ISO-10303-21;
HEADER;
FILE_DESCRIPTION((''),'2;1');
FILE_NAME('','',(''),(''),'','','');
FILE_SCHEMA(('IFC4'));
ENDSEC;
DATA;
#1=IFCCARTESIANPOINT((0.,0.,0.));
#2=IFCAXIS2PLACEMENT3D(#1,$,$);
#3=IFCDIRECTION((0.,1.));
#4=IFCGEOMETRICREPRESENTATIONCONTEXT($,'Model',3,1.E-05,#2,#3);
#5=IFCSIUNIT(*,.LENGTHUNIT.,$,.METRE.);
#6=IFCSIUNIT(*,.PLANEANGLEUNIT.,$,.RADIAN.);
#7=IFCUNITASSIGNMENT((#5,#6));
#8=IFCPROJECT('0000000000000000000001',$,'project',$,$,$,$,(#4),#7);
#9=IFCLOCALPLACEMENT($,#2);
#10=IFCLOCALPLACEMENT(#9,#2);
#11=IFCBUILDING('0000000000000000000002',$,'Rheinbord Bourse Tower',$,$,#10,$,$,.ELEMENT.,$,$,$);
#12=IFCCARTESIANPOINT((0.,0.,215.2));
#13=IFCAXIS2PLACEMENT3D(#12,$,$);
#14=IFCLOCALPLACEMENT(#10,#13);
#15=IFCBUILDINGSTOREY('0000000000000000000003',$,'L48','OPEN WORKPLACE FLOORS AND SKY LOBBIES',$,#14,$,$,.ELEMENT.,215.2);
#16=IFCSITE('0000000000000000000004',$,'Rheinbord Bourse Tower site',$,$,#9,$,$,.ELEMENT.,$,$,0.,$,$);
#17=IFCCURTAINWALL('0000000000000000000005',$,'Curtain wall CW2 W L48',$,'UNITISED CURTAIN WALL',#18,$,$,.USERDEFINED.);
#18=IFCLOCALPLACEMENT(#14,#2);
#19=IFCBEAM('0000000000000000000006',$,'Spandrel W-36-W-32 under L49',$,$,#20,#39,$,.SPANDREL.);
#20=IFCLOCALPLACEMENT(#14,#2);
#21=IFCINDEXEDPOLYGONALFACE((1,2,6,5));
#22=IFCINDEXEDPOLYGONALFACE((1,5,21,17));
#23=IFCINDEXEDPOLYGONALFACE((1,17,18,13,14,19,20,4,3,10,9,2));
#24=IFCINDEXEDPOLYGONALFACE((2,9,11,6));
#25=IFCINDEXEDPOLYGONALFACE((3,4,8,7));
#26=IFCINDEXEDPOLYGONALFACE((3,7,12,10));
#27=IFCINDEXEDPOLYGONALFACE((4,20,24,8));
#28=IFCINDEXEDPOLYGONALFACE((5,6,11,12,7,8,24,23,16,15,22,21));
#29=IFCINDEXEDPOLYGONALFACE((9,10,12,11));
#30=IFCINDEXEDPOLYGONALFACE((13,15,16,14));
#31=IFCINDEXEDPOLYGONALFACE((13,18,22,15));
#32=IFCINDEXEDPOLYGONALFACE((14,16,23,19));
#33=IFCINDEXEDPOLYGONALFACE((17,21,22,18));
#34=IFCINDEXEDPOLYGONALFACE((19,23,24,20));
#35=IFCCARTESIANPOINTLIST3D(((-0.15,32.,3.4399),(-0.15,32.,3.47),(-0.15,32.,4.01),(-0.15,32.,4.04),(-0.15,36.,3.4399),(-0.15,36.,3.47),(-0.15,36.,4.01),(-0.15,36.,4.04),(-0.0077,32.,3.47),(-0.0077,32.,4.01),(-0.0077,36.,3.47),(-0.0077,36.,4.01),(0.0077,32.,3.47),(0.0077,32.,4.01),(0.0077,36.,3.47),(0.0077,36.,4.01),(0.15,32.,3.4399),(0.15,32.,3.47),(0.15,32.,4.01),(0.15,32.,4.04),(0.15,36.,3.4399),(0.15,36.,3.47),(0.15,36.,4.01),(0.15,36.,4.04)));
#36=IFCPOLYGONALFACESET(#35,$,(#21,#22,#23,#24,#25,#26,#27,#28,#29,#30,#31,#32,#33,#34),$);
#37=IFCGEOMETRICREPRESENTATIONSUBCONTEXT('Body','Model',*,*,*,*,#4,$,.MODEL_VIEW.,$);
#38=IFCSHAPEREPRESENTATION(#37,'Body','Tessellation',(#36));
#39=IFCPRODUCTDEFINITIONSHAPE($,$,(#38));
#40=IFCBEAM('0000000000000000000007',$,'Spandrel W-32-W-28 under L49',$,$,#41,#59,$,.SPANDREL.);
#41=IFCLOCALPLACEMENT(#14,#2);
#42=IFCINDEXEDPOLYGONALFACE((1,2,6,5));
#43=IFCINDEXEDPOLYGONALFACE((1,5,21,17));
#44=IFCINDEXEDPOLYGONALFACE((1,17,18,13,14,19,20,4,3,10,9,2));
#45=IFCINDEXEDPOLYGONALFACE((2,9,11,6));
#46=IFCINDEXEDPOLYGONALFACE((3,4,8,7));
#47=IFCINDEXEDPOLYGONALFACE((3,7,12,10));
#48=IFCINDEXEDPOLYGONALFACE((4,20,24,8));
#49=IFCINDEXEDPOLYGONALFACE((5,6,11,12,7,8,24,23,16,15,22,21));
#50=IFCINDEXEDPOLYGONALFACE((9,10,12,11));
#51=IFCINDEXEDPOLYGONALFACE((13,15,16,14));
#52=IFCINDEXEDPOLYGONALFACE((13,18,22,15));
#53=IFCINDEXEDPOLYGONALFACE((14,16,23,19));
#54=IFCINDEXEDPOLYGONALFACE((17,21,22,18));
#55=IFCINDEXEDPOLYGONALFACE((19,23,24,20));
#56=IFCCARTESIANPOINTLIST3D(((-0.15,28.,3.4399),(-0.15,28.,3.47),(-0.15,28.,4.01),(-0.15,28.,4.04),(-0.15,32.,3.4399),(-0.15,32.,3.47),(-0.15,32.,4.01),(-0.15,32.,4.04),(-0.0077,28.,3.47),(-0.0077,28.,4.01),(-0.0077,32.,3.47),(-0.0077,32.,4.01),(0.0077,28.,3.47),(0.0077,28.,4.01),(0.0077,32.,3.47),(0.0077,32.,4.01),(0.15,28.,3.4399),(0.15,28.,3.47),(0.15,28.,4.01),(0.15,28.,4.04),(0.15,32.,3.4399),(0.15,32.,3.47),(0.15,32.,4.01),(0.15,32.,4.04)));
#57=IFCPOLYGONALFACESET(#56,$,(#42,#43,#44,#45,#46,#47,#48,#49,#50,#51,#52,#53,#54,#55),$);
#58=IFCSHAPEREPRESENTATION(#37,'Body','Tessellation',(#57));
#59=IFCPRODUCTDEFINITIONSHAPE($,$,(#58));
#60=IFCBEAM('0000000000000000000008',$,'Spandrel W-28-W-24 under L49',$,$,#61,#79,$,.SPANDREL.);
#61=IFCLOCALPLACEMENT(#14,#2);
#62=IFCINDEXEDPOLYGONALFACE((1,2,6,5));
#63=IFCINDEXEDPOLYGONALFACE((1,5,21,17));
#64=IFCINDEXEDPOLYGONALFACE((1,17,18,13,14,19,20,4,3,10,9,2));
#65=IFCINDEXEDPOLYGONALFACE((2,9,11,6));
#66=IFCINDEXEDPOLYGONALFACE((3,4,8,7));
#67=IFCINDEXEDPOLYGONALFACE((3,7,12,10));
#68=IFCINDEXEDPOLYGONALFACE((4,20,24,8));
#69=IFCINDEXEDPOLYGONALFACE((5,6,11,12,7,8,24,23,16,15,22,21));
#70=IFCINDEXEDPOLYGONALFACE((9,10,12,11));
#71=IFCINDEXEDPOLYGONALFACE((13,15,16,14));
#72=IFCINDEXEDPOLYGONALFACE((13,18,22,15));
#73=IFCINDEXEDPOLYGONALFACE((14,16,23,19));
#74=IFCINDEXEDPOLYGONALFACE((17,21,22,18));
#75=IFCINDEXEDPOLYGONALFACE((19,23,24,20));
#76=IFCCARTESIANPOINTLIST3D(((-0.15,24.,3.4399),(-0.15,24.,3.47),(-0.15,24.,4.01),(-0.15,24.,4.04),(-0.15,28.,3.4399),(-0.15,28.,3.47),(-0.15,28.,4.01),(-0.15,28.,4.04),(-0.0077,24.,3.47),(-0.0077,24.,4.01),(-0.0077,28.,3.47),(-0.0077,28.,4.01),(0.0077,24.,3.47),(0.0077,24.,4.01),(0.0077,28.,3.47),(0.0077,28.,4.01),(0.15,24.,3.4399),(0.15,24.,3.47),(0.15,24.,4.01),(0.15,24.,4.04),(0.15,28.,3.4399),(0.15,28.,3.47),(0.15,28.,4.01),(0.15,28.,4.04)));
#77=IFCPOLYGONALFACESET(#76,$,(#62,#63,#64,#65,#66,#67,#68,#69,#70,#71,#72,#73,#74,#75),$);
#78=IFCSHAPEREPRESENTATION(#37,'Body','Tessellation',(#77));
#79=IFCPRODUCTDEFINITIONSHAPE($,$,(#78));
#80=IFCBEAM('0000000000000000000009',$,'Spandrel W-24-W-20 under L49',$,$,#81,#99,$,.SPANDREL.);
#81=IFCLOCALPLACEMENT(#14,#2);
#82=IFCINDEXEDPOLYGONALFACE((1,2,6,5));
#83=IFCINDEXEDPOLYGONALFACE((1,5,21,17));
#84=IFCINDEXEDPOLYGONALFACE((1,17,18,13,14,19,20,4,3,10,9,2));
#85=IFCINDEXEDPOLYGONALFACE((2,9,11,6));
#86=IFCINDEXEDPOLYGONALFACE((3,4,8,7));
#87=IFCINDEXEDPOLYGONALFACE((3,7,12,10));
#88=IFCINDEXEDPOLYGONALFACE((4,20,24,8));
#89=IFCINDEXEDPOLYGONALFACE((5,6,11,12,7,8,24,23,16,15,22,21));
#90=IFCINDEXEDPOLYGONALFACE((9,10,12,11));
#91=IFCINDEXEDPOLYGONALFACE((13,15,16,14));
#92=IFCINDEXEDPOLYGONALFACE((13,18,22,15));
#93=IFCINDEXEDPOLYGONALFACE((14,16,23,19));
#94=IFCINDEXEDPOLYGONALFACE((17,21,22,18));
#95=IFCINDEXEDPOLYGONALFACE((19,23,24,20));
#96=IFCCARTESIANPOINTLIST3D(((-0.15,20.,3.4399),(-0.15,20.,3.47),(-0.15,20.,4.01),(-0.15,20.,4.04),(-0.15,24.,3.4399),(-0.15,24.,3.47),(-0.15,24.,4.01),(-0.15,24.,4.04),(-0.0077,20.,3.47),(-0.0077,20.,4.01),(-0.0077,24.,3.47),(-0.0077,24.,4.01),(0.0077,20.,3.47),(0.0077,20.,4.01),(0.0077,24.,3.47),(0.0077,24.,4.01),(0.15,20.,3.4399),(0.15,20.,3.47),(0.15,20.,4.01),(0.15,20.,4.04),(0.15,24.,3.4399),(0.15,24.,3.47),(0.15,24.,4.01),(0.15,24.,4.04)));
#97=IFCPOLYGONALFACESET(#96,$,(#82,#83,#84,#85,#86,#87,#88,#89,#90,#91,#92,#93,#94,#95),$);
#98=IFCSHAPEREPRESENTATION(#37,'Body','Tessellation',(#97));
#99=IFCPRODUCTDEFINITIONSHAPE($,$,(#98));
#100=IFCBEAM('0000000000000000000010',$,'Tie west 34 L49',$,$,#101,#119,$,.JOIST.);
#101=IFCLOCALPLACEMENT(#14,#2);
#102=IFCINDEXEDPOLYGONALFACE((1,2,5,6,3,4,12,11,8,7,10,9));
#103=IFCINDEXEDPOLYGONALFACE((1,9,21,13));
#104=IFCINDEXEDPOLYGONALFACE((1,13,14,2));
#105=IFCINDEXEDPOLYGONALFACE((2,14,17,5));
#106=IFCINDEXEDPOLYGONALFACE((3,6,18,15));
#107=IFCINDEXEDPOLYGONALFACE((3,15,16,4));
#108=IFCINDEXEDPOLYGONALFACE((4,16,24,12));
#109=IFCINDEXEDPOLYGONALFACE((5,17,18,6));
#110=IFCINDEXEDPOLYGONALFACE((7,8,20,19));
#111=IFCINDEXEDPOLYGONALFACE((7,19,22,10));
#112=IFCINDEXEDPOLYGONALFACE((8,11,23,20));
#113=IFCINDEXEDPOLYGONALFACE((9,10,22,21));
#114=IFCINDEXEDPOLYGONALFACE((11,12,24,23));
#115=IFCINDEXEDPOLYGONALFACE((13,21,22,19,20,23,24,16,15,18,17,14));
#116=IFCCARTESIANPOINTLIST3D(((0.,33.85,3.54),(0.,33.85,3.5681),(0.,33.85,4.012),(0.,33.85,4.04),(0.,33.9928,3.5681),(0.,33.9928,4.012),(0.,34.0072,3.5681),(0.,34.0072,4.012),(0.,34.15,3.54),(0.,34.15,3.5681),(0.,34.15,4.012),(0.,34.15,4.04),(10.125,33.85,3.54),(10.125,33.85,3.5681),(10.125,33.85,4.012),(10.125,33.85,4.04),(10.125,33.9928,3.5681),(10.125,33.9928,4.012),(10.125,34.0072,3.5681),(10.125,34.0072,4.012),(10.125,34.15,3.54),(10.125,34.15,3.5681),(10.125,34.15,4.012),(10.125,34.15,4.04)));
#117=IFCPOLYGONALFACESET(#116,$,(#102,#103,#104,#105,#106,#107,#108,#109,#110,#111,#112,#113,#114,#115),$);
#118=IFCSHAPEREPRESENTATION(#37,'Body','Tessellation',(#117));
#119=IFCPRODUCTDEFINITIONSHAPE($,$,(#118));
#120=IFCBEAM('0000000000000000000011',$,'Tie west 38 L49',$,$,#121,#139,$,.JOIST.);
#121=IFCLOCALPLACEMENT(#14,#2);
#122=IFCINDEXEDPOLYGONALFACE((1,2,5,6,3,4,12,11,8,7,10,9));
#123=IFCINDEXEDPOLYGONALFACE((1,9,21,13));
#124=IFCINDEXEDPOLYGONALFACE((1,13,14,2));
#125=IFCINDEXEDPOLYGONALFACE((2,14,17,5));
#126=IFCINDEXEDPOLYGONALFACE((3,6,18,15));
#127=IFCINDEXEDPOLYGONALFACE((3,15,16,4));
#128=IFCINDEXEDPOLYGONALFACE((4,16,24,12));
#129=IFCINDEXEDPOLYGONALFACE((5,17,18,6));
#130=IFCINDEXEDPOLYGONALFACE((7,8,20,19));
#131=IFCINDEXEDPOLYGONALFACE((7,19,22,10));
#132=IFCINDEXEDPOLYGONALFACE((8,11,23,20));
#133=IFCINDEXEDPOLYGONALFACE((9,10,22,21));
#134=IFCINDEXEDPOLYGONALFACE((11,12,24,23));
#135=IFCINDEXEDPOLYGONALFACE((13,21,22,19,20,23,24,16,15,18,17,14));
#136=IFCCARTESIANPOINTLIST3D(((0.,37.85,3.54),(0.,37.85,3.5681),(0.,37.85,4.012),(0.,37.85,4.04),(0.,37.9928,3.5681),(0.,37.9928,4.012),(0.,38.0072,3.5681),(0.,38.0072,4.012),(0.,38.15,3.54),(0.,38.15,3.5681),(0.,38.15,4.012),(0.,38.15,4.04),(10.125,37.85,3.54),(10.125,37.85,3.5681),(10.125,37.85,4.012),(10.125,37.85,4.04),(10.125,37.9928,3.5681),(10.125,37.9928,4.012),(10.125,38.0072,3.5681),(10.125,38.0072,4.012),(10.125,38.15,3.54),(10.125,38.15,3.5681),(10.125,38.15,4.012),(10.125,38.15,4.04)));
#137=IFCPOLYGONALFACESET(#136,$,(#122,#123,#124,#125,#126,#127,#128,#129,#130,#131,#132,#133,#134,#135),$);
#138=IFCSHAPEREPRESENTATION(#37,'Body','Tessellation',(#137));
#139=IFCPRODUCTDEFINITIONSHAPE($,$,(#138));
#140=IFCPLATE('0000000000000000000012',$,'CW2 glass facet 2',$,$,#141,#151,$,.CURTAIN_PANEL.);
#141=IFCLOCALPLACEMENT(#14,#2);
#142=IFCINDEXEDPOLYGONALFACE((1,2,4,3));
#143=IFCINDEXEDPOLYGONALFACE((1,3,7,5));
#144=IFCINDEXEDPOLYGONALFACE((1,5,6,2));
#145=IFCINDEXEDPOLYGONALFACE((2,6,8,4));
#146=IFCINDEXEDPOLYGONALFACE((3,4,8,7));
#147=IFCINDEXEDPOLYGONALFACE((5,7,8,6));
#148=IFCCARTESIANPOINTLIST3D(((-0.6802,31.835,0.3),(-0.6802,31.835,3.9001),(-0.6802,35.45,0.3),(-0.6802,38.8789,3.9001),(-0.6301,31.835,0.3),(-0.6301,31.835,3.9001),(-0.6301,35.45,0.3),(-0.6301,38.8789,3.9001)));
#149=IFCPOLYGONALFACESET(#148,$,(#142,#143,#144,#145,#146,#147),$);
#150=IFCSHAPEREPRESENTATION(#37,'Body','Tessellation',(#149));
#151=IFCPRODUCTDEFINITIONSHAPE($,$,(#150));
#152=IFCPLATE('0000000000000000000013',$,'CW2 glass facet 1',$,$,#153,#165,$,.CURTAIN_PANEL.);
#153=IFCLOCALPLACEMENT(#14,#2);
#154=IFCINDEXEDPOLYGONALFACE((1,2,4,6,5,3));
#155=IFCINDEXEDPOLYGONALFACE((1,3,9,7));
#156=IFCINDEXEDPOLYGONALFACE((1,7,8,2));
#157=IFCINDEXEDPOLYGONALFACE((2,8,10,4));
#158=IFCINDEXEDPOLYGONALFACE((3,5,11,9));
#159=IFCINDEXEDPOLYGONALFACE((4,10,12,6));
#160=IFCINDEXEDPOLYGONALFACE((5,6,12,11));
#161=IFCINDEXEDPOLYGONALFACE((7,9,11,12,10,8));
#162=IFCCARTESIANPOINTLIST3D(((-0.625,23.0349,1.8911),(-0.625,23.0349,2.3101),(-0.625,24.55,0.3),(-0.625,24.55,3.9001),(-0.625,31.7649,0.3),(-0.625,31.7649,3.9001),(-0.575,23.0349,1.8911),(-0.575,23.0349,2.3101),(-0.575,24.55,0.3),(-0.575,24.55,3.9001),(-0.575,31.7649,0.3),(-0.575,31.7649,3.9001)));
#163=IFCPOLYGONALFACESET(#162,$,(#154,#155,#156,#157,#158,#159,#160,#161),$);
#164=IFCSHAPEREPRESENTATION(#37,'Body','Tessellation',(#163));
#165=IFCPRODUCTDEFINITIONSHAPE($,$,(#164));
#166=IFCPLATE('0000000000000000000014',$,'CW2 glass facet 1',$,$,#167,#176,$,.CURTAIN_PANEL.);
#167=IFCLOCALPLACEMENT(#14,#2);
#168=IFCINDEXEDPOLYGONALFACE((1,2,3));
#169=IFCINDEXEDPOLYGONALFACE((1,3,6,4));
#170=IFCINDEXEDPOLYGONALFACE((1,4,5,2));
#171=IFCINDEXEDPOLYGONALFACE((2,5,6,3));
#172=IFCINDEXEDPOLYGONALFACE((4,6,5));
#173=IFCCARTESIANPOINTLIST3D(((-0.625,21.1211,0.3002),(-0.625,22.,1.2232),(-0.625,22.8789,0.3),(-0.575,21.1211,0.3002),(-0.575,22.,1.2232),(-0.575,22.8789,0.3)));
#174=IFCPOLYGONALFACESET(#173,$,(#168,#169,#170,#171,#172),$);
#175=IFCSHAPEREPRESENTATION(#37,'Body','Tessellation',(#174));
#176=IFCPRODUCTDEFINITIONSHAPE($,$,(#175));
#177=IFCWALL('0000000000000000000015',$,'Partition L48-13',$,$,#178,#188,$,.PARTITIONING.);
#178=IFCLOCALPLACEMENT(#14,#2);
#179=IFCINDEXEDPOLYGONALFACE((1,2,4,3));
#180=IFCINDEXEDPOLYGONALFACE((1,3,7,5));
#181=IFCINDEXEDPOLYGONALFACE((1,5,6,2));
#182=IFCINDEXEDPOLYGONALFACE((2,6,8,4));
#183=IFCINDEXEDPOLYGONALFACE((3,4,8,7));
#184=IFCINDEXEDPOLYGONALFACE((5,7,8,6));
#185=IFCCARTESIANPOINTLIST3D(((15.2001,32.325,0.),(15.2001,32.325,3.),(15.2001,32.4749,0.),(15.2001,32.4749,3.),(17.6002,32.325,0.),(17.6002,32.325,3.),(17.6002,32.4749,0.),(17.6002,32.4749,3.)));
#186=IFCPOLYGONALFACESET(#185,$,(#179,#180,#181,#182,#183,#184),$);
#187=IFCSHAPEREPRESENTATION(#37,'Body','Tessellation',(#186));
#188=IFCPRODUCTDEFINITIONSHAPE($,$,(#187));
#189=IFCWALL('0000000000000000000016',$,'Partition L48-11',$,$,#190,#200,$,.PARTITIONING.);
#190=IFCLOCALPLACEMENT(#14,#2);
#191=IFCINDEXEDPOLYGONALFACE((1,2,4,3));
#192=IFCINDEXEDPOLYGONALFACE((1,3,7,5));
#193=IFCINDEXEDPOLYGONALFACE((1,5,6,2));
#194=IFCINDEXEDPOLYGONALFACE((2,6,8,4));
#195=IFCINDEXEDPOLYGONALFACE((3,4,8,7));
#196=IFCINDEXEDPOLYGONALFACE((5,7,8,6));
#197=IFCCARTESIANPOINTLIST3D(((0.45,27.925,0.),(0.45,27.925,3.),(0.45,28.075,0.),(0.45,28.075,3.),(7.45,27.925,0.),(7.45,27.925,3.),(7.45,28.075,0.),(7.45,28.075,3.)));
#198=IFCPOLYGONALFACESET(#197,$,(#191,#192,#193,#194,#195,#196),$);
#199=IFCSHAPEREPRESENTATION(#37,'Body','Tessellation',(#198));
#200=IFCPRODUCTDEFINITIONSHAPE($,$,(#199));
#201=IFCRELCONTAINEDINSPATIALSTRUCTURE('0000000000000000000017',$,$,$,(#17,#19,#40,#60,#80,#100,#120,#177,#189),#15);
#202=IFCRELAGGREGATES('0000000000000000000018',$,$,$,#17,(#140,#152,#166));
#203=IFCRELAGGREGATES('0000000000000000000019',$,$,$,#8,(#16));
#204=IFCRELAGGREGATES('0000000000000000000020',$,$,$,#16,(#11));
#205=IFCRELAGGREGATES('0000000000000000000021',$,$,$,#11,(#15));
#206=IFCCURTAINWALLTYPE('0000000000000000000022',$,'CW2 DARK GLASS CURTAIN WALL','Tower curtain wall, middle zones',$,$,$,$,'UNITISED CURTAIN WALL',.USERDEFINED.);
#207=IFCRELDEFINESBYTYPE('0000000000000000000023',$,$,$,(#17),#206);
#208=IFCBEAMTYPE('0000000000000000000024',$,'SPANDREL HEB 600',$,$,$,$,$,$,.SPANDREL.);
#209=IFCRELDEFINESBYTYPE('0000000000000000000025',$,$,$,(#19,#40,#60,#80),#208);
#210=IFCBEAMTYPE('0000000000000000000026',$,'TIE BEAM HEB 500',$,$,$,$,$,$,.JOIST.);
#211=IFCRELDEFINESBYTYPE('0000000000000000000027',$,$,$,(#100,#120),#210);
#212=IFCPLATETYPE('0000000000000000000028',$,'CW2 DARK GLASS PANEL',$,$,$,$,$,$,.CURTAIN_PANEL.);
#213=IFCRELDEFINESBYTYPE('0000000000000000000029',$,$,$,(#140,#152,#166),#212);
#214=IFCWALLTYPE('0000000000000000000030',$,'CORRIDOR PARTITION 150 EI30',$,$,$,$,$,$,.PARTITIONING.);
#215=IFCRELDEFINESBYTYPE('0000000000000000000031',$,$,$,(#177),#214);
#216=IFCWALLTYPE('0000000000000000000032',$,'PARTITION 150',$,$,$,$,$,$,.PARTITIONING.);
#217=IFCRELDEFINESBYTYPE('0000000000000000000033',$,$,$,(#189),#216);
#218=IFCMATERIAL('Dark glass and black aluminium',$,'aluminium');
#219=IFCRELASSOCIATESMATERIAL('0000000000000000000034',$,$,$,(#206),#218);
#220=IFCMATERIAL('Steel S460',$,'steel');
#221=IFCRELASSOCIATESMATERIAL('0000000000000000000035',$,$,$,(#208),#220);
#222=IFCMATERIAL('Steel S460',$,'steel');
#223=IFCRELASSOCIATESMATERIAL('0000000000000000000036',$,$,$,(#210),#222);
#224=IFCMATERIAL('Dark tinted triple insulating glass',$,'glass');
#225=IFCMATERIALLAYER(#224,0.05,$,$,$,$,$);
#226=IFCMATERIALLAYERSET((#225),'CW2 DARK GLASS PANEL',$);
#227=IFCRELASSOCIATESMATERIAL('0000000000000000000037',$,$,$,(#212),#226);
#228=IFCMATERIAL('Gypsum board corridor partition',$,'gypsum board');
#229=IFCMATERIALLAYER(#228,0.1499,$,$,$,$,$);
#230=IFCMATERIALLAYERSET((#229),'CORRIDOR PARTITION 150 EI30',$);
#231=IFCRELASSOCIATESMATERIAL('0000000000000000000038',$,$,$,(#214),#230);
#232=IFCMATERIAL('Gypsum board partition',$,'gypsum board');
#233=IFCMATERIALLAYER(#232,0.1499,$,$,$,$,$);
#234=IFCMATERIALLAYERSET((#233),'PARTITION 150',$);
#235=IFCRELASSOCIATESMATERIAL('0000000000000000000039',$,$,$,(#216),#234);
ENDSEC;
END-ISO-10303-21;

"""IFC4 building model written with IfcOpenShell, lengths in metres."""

from ifc_helpers import new_model, si_unit, direction, frame, frame_2d, origin, origin_2d, place, context, subcontext, project, spatial, polyline, rectangle, i_section, outline, extrude, material, layer, layer_set, material_profile, profile_set, type_object, element, aggregate, save


model = new_model("IFC4")

# Units and contexts
model_context = context("Model", 3, precision=1e-05, world=origin(), true_north=direction((0.0, 1.0)))
body_context = subcontext(model_context, "Body", "Model", "MODEL_VIEW")
ifc_project = project(units=[si_unit("LENGTHUNIT", "METRE"), si_unit("PLANEANGLEUNIT", "RADIAN")], contexts=[model_context])

# Site, building, storey
site_placement = place(None, origin())
site = spatial("IfcSite", under=ifc_project, at=site_placement, Name="Rheinbord Bourse Tower site", CompositionType="ELEMENT", RefElevation=0.0)
building_placement = place(site_placement, origin())
building = spatial("IfcBuilding", under=site, at=building_placement, Name="Rheinbord Bourse Tower", CompositionType="ELEMENT")
storey_placement = place(building_placement, frame((0.0, 0.0, 215.2)))
storey = spatial("IfcBuildingStorey", under=building, at=storey_placement, Name="L48", Description="OPEN WORKPLACE FLOORS AND SKY LOBBIES", CompositionType="ELEMENT", Elevation=215.2)

# Curtain wall
ifc_material_1 = material(Name="Dark glass and black aluminium", Category="aluminium")
curtain_wall_type = type_object("IfcCurtainWallType", Name="CW2 DARK GLASS CURTAIN WALL", Description="Tower curtain wall, middle zones", ElementType="UNITISED CURTAIN WALL", PredefinedType="USERDEFINED", material=ifc_material_1)
curtain_wall_placement = place(storey_placement, origin())
curtain_wall = element("IfcCurtainWall", 1, at=curtain_wall_placement, inside=storey, type_object=curtain_wall_type, Name="Curtain wall CW2 W L48", ObjectType="UNITISED CURTAIN WALL", PredefinedType="USERDEFINED")

# Beams
ifc_material_2 = material(Name="Steel S460", Category="steel")
ifc_material_profile_1 = material_profile(ifc_material_2, i_section(OverallWidth=0.3, OverallDepth=0.6001, WebThickness=0.0154, FlangeThickness=0.03, at=origin_2d()), Name="HEB 600")
ifc_profile_set_1 = profile_set([ifc_material_profile_1], Name="Steel S460")
beam_type_1 = type_object("IfcBeamType", Name="SPANDREL HEB 600", PredefinedType="SPANDREL", material=ifc_profile_set_1)
for number, where, z_axis, x_axis, name in (
    (2, (0.0, 36.0, 3.74), (0.0, -1.0, 0.0), (1.0, 0.0, 0.0), "Spandrel W-36-W-32 under L49"),
    (3, (0.0, 32.0, 3.74), (0.0, -1.0, 0.0), (1.0, 0.0, 0.0), "Spandrel W-32-W-28 under L49"),
    (4, (0.0, 28.0, 3.74), (0.0, -1.0, 0.0), (1.0, 0.0, 0.0), "Spandrel W-28-W-24 under L49"),
    (5, (0.0, 24.0, 3.74), (0.0, -1.0, 0.0), (1.0, 0.0, 0.0), "Spandrel W-24-W-20 under L49"),
):
    element("IfcBeam", number, at=place(storey_placement, frame(where, z_axis=z_axis, x_axis=x_axis)), inside=storey, type_object=beam_type_1, Name=name, PredefinedType="SPANDREL", context=body_context, shape_type="SweptSolid", body=[
        extrude(i_section(OverallWidth=0.3, OverallDepth=0.6001, WebThickness=0.0154, FlangeThickness=0.03, at=origin_2d()), origin(), (0.0, 0.0, 1.0), 4.0),
    ])
ifc_material_3 = material(Name="Steel S460", Category="steel")
ifc_material_profile_2 = material_profile(ifc_material_3, i_section(OverallWidth=0.3, OverallDepth=0.5, WebThickness=0.0144, FlangeThickness=0.0281, at=origin_2d()), Name="HEB 500")
ifc_profile_set_2 = profile_set([ifc_material_profile_2], Name="Steel S460")
beam_type_2 = type_object("IfcBeamType", Name="TIE BEAM HEB 500", PredefinedType="JOIST", material=ifc_profile_set_2)
for number, where, z_axis, x_axis, name in (
    (6, (0.0, 34.0, 3.79), (1.0, 0.0, 0.0), (0.0, 1.0, 0.0), "Tie west 34 L49"),
    (7, (0.0, 38.0, 3.79), (1.0, 0.0, 0.0), (0.0, 1.0, 0.0), "Tie west 38 L49"),
):
    element("IfcBeam", number, at=place(storey_placement, frame(where, z_axis=z_axis, x_axis=x_axis)), inside=storey, type_object=beam_type_2, Name=name, PredefinedType="JOIST", context=body_context, shape_type="SweptSolid", body=[
        extrude(i_section(OverallWidth=0.3, OverallDepth=0.5, WebThickness=0.0144, FlangeThickness=0.0281, at=origin_2d()), origin(), (0.0, 0.0, 1.0), 10.125),
    ])

# Plates
ifc_material_4 = material(Name="Dark tinted triple insulating glass", Category="glass")
ifc_layer_1 = layer(ifc_material_4, 0.05)
ifc_layer_set_1 = layer_set([ifc_layer_1], Name="CW2 DARK GLASS PANEL")
plate_type = type_object("IfcPlateType", Name="CW2 DARK GLASS PANEL", PredefinedType="CURTAIN_PANEL", material=ifc_layer_set_1)
plate_1_placement = place(storey_placement, frame((-0.6802, 31.835, 3.9001), z_axis=(1.0, 0.0, 0.0), x_axis=(0.0, 0.0, -1.0)))
plate_1 = element("IfcPlate", 8, at=plate_1_placement, type_object=plate_type, Name="CW2 glass facet 2", PredefinedType="CURTAIN_PANEL", context=body_context, shape_type="SweptSolid", body=[
    extrude(outline(polyline([(0.0, 0.0), (3.6001, 0.0), (3.6001, 3.615), (0.0, 7.0439), (0.0, 0.0)])), origin(), (0.0, 0.0, 1.0), 0.05),
])
plate_2_placement = place(storey_placement, frame((-0.625, 31.7649, 0.3), z_axis=(1.0, 0.0, 0.0), x_axis=(0.0, 0.0, 1.0)))
plate_2 = element("IfcPlate", 9, at=plate_2_placement, type_object=plate_type, Name="CW2 glass facet 1", PredefinedType="CURTAIN_PANEL", context=body_context, shape_type="SweptSolid", body=[
    extrude(outline(polyline([(0.0, 0.0), (3.6001, 0.0), (3.6001, 7.2148), (2.01, 8.73), (1.5911, 8.73), (0.0, 7.2148), (0.0, 0.0)])), origin(), (0.0, 0.0, 1.0), 0.05),
])
plate_3_placement = place(storey_placement, frame((-0.625, 22.8789, 0.3), z_axis=(1.0, 0.0, 0.0), x_axis=(0.0, -0.68956, 0.724229)))
plate_3 = element("IfcPlate", 10, at=plate_3_placement, type_object=plate_type, Name="CW2 glass facet 1", PredefinedType="CURTAIN_PANEL", context=body_context, shape_type="SweptSolid", body=[
    extrude(outline(polyline([(0.0, 0.0), (1.2747, 0.0), (1.2122, 1.2729), (0.0, 0.0)])), origin(), (0.0, 0.0, 1.0), 0.05),
])
aggregate(curtain_wall, [plate_1, plate_2, plate_3])

# Walls
ifc_material_5 = material(Name="Gypsum board corridor partition", Category="gypsum board")
ifc_layer_2 = layer(ifc_material_5, 0.1499)
ifc_layer_set_2 = layer_set([ifc_layer_2], Name="CORRIDOR PARTITION 150 EI30")
wall_type_1 = type_object("IfcWallType", Name="CORRIDOR PARTITION 150 EI30", PredefinedType="PARTITIONING", material=ifc_layer_set_2)
wall_1_placement = place(storey_placement, frame((15.2, 32.3999, 0.0), z_axis=(0.0, 0.0, 1.0), x_axis=(1.0, 0.0, 0.0)))
element("IfcWall", 11, at=wall_1_placement, inside=storey, type_object=wall_type_1, Name="Partition L48-13", PredefinedType="PARTITIONING", context=body_context, shape_type="SweptSolid", body=[
    extrude(rectangle(XDim=2.4001, YDim=0.1499, at=frame_2d((1.2002, 0.0))), origin(), (0.0, 0.0, 1.0), 3.0),
])
ifc_material_6 = material(Name="Gypsum board partition", Category="gypsum board")
ifc_layer_3 = layer(ifc_material_6, 0.1499)
ifc_layer_set_3 = layer_set([ifc_layer_3], Name="PARTITION 150")
wall_type_2 = type_object("IfcWallType", Name="PARTITION 150", PredefinedType="PARTITIONING", material=ifc_layer_set_3)
wall_2_placement = place(storey_placement, frame((0.45, 28.0, 0.0), z_axis=(0.0, 0.0, 1.0), x_axis=(1.0, 0.0, 0.0)))
element("IfcWall", 12, at=wall_2_placement, inside=storey, type_object=wall_type_2, Name="Partition L48-11", PredefinedType="PARTITIONING", context=body_context, shape_type="SweptSolid", body=[
    extrude(rectangle(XDim=7.0, YDim=0.1499, at=frame_2d((3.5, 0.0))), origin(), (0.0, 0.0, 1.0), 3.0),
])

save(model, "model.ifc")
